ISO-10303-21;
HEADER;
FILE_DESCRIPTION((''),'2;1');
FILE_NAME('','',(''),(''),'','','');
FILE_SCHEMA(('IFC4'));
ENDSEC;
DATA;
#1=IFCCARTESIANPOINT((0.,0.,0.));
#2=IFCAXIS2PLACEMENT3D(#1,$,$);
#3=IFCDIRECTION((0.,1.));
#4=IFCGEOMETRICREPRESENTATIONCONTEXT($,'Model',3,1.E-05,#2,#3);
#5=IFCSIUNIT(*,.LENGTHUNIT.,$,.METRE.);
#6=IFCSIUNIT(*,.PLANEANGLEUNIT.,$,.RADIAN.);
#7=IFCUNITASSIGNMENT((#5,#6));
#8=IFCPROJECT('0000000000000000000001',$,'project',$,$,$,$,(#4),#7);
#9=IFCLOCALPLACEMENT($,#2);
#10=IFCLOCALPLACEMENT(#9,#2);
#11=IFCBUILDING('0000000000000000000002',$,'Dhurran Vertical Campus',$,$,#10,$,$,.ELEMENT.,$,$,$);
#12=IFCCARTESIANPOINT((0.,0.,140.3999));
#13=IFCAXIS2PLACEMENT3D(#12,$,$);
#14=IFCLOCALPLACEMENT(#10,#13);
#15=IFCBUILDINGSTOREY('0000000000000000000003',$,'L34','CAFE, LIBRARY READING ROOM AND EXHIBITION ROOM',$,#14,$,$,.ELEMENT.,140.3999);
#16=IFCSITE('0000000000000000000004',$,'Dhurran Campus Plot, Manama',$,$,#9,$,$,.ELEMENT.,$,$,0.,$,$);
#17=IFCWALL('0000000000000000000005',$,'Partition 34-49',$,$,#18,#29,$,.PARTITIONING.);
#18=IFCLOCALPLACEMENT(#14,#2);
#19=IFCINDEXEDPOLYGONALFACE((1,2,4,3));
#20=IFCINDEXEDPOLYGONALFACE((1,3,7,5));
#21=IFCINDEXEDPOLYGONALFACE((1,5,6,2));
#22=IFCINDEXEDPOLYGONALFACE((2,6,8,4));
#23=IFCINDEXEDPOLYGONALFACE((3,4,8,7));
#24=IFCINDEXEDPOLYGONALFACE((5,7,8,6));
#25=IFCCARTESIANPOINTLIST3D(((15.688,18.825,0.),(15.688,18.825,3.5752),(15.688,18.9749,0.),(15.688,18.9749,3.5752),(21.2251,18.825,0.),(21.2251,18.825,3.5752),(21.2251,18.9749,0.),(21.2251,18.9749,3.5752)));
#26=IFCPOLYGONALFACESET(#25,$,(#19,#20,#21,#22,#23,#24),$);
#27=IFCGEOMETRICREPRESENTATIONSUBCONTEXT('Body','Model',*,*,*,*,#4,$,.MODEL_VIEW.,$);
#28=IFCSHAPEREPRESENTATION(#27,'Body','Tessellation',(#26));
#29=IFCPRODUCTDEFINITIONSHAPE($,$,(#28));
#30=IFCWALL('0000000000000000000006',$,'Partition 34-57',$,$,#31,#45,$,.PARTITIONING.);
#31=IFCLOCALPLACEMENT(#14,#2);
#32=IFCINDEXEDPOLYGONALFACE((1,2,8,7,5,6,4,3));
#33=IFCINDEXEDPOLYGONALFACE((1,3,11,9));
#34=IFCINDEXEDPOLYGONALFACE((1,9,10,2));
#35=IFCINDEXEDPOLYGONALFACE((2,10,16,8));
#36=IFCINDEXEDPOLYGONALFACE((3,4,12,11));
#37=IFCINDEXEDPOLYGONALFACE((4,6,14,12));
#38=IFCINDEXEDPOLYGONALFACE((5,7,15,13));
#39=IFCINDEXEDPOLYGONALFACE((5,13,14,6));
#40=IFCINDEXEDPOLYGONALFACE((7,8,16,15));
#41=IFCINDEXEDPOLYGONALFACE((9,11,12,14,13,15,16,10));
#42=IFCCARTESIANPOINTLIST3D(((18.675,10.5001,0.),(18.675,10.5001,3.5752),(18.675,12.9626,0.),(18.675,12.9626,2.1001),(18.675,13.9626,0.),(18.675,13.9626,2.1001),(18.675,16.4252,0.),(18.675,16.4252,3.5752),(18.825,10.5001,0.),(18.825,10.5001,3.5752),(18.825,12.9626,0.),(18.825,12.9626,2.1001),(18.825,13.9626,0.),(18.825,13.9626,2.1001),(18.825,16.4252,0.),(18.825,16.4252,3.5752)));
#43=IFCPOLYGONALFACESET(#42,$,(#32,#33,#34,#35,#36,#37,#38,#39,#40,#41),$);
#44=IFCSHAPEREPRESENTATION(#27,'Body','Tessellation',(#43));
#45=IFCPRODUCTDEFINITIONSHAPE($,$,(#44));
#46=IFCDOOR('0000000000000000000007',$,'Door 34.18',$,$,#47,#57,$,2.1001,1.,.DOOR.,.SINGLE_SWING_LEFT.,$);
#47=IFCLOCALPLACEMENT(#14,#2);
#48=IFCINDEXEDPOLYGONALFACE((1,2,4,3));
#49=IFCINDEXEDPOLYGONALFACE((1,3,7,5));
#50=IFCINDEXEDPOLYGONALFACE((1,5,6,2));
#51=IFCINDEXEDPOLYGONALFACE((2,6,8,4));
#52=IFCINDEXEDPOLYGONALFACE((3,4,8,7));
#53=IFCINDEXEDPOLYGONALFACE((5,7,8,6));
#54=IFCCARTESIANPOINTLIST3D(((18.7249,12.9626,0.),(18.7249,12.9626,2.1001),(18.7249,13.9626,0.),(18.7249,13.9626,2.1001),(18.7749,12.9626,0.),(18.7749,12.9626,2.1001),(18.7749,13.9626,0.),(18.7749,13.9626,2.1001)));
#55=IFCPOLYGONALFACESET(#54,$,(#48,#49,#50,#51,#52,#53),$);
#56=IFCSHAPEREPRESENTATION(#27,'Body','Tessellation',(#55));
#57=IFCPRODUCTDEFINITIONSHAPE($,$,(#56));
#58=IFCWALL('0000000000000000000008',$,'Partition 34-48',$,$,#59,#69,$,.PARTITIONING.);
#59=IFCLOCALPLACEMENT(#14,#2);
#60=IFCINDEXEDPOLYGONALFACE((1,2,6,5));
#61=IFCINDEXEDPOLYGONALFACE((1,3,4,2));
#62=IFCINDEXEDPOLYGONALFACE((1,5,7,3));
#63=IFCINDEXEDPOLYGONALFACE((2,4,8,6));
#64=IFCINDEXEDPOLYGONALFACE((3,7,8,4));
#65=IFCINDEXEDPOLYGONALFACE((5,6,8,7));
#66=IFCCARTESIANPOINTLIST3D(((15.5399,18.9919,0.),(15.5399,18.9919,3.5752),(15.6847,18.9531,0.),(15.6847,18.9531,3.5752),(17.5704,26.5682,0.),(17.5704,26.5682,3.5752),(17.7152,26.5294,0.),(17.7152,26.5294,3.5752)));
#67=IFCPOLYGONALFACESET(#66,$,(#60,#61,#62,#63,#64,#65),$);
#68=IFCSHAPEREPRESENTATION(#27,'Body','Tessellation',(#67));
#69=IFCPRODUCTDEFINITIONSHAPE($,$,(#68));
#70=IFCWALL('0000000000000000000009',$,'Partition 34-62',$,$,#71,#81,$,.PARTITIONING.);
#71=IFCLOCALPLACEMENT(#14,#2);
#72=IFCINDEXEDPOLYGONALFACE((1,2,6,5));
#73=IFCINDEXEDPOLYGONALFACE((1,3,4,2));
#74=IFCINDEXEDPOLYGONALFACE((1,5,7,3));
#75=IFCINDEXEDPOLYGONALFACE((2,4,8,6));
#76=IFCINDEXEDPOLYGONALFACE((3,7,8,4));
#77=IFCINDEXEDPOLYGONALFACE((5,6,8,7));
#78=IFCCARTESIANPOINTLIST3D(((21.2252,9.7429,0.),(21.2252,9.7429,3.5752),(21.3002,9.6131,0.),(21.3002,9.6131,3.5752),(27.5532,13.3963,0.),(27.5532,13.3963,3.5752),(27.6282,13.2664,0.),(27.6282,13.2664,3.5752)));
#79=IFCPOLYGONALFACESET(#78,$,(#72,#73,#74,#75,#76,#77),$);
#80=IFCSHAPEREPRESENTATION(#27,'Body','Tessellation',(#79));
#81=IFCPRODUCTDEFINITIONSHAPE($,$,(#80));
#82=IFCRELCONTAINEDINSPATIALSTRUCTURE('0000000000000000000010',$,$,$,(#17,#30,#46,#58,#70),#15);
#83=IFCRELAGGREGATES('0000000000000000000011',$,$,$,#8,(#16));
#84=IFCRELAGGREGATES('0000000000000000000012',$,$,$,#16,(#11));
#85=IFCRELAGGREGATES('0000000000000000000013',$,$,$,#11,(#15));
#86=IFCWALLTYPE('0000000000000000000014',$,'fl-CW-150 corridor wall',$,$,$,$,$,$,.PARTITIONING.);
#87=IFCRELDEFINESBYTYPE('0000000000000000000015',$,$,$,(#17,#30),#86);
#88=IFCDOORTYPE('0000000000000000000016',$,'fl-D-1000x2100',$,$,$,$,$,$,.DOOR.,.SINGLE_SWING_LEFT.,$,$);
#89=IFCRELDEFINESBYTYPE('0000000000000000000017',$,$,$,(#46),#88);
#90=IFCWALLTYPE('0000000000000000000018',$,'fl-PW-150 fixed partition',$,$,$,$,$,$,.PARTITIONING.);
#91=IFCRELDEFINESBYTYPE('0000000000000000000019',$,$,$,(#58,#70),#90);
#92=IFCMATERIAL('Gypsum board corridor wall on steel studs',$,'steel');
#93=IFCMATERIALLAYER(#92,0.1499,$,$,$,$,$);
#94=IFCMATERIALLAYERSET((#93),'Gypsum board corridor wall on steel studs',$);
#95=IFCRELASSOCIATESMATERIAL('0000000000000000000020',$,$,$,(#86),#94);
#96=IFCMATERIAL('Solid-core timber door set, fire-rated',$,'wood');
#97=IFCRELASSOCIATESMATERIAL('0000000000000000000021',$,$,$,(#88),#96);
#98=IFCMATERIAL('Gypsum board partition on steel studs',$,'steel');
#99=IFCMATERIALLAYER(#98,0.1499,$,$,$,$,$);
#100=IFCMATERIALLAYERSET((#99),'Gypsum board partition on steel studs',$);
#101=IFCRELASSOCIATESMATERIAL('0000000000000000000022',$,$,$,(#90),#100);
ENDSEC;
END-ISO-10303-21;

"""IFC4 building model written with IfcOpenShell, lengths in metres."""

from ifc_helpers import new_model, si_unit, direction, frame, frame_2d, origin, place, context, subcontext, project, spatial, rectangle, extrude, material, layer, layer_set, type_object, element, fill, save


model = new_model("IFC4")

# Units and contexts
model_context = context("Model", 3, precision=1e-05, world=origin(), true_north=direction((0.0, 1.0)))
body_context = subcontext(model_context, "Body", "Model", "MODEL_VIEW")
ifc_project = project(units=[si_unit("LENGTHUNIT", "METRE"), si_unit("PLANEANGLEUNIT", "RADIAN")], contexts=[model_context])

# Site, building, storey
site_placement = place(None, origin())
site = spatial("IfcSite", under=ifc_project, at=site_placement, Name="Dhurran Campus Plot, Manama", CompositionType="ELEMENT", RefElevation=0.0)
building_placement = place(site_placement, origin())
building = spatial("IfcBuilding", under=site, at=building_placement, Name="Dhurran Vertical Campus", CompositionType="ELEMENT")
storey_placement = place(building_placement, frame((0.0, 0.0, 140.3999)))
storey = spatial("IfcBuildingStorey", under=building, at=storey_placement, Name="L34", Description="CAFE, LIBRARY READING ROOM AND EXHIBITION ROOM", CompositionType="ELEMENT", Elevation=140.3999)

# Shared definitions
ifc_material_1 = material(Name="Gypsum board corridor wall on steel studs", Category="steel")
ifc_layer_1 = layer(ifc_material_1, 0.1499)
ifc_layer_set_1 = layer_set([ifc_layer_1], Name="Gypsum board corridor wall on steel studs")
wall_type_1 = type_object("IfcWallType", Name="fl-CW-150 corridor wall", PredefinedType="PARTITIONING", material=ifc_layer_set_1)
ifc_material_2 = material(Name="Solid-core timber door set, fire-rated", Category="wood")
door_type = type_object("IfcDoorType", Name="fl-D-1000x2100", OperationType="SINGLE_SWING_LEFT", PredefinedType="DOOR", material=ifc_material_2)

# Wall
wall_1_placement = place(storey_placement, frame((21.2251, 18.8999, 0.0), z_axis=(0.0, 0.0, 1.0), x_axis=(-1.0, 0.0, 0.0)))
element("IfcWall", 1, at=wall_1_placement, inside=storey, type_object=wall_type_1, Name="Partition 34-49", PredefinedType="PARTITIONING", context=body_context, shape_type="SweptSolid", body=[
    extrude(rectangle(XDim=5.5371, YDim=0.1499, at=frame_2d((2.7686, 0.0))), origin(), (0.0, 0.0, 1.0), 3.5752),
])

# Wall, opening, door
wall_2_placement = place(storey_placement, frame((18.75, 16.425, 0.0), z_axis=(0.0, 0.0, 1.0), x_axis=(0.0, -1.0, 0.0)))
wall_2 = element("IfcWall", 2, at=wall_2_placement, inside=storey, type_object=wall_type_1, Name="Partition 34-57", PredefinedType="PARTITIONING", context=body_context, shape_type="SweptSolid", body=[
    extrude(rectangle(XDim=5.925, YDim=0.1499, at=frame_2d((2.9624, 0.0))), origin(), (0.0, 0.0, 1.0), 3.5752),
])
opening_1_placement = place(wall_2_placement, frame((2.4624, 0.0, 0.0)))
opening_1 = element("IfcOpeningElement", 3, at=opening_1_placement, cuts=wall_2, PredefinedType="OPENING", context=body_context, shape_type="SweptSolid", body=[
    extrude(rectangle(XDim=1.0, YDim=2.1001, at=frame_2d((0.5, 1.05))), frame((0.0, 0.085, 0.0), z_axis=(0.0, -1.0, 0.0), x_axis=(1.0, 0.0, 0.0)), (0.0, 0.0, 1.0), 0.1699),
])
door_1_placement = place(opening_1_placement, origin())
door_1 = element("IfcDoor", 4, at=door_1_placement, inside=storey, type_object=door_type, Name="Door 34.18", OperationType="SINGLE_SWING_LEFT", OverallHeight=2.1001, OverallWidth=1.0, PredefinedType="DOOR", context=body_context, shape_type="SweptSolid", body=[
    extrude(rectangle(XDim=1.0, YDim=2.1001, at=frame_2d((0.5, 1.05))), frame((0.0, 0.0249, 0.0), z_axis=(0.0, -1.0, 0.0), x_axis=(1.0, 0.0, 0.0)), (0.0, 0.0, 1.0), 0.05),
])
fill(opening_1, door_1)

# Walls
ifc_material_3 = material(Name="Gypsum board partition on steel studs", Category="steel")
ifc_layer_2 = layer(ifc_material_3, 0.1499)
ifc_layer_set_2 = layer_set([ifc_layer_2], Name="Gypsum board partition on steel studs")
wall_type_2 = type_object("IfcWallType", Name="fl-PW-150 fixed partition", PredefinedType="PARTITIONING", material=ifc_layer_set_2)
wall_3_placement = place(storey_placement, frame((17.6428, 26.5488, 0.0), z_axis=(0.0, 0.0, 1.0), x_axis=(-0.258869, -0.965912, 0.0)))
element("IfcWall", 5, at=wall_3_placement, inside=storey, type_object=wall_type_2, Name="Partition 34-48", PredefinedType="PARTITIONING", context=body_context, shape_type="SweptSolid", body=[
    extrude(rectangle(XDim=7.8438, YDim=0.1499, at=frame_2d((3.9219, 0.0))), origin(), (0.0, 0.0, 1.0), 3.5752),
])
wall_4_placement = place(storey_placement, frame((27.5906, 13.3313, 0.0), z_axis=(0.0, 0.0, 1.0), x_axis=(-0.86603, -0.499991, 0.0)))
element("IfcWall", 6, at=wall_4_placement, inside=storey, type_object=wall_type_2, Name="Partition 34-62", PredefinedType="PARTITIONING", context=body_context, shape_type="SweptSolid", body=[
    extrude(rectangle(XDim=7.3069, YDim=0.1499, at=frame_2d((3.6533, 0.0))), origin(), (0.0, 0.0, 1.0), 3.5752),
])

save(model, "model.ifc")
